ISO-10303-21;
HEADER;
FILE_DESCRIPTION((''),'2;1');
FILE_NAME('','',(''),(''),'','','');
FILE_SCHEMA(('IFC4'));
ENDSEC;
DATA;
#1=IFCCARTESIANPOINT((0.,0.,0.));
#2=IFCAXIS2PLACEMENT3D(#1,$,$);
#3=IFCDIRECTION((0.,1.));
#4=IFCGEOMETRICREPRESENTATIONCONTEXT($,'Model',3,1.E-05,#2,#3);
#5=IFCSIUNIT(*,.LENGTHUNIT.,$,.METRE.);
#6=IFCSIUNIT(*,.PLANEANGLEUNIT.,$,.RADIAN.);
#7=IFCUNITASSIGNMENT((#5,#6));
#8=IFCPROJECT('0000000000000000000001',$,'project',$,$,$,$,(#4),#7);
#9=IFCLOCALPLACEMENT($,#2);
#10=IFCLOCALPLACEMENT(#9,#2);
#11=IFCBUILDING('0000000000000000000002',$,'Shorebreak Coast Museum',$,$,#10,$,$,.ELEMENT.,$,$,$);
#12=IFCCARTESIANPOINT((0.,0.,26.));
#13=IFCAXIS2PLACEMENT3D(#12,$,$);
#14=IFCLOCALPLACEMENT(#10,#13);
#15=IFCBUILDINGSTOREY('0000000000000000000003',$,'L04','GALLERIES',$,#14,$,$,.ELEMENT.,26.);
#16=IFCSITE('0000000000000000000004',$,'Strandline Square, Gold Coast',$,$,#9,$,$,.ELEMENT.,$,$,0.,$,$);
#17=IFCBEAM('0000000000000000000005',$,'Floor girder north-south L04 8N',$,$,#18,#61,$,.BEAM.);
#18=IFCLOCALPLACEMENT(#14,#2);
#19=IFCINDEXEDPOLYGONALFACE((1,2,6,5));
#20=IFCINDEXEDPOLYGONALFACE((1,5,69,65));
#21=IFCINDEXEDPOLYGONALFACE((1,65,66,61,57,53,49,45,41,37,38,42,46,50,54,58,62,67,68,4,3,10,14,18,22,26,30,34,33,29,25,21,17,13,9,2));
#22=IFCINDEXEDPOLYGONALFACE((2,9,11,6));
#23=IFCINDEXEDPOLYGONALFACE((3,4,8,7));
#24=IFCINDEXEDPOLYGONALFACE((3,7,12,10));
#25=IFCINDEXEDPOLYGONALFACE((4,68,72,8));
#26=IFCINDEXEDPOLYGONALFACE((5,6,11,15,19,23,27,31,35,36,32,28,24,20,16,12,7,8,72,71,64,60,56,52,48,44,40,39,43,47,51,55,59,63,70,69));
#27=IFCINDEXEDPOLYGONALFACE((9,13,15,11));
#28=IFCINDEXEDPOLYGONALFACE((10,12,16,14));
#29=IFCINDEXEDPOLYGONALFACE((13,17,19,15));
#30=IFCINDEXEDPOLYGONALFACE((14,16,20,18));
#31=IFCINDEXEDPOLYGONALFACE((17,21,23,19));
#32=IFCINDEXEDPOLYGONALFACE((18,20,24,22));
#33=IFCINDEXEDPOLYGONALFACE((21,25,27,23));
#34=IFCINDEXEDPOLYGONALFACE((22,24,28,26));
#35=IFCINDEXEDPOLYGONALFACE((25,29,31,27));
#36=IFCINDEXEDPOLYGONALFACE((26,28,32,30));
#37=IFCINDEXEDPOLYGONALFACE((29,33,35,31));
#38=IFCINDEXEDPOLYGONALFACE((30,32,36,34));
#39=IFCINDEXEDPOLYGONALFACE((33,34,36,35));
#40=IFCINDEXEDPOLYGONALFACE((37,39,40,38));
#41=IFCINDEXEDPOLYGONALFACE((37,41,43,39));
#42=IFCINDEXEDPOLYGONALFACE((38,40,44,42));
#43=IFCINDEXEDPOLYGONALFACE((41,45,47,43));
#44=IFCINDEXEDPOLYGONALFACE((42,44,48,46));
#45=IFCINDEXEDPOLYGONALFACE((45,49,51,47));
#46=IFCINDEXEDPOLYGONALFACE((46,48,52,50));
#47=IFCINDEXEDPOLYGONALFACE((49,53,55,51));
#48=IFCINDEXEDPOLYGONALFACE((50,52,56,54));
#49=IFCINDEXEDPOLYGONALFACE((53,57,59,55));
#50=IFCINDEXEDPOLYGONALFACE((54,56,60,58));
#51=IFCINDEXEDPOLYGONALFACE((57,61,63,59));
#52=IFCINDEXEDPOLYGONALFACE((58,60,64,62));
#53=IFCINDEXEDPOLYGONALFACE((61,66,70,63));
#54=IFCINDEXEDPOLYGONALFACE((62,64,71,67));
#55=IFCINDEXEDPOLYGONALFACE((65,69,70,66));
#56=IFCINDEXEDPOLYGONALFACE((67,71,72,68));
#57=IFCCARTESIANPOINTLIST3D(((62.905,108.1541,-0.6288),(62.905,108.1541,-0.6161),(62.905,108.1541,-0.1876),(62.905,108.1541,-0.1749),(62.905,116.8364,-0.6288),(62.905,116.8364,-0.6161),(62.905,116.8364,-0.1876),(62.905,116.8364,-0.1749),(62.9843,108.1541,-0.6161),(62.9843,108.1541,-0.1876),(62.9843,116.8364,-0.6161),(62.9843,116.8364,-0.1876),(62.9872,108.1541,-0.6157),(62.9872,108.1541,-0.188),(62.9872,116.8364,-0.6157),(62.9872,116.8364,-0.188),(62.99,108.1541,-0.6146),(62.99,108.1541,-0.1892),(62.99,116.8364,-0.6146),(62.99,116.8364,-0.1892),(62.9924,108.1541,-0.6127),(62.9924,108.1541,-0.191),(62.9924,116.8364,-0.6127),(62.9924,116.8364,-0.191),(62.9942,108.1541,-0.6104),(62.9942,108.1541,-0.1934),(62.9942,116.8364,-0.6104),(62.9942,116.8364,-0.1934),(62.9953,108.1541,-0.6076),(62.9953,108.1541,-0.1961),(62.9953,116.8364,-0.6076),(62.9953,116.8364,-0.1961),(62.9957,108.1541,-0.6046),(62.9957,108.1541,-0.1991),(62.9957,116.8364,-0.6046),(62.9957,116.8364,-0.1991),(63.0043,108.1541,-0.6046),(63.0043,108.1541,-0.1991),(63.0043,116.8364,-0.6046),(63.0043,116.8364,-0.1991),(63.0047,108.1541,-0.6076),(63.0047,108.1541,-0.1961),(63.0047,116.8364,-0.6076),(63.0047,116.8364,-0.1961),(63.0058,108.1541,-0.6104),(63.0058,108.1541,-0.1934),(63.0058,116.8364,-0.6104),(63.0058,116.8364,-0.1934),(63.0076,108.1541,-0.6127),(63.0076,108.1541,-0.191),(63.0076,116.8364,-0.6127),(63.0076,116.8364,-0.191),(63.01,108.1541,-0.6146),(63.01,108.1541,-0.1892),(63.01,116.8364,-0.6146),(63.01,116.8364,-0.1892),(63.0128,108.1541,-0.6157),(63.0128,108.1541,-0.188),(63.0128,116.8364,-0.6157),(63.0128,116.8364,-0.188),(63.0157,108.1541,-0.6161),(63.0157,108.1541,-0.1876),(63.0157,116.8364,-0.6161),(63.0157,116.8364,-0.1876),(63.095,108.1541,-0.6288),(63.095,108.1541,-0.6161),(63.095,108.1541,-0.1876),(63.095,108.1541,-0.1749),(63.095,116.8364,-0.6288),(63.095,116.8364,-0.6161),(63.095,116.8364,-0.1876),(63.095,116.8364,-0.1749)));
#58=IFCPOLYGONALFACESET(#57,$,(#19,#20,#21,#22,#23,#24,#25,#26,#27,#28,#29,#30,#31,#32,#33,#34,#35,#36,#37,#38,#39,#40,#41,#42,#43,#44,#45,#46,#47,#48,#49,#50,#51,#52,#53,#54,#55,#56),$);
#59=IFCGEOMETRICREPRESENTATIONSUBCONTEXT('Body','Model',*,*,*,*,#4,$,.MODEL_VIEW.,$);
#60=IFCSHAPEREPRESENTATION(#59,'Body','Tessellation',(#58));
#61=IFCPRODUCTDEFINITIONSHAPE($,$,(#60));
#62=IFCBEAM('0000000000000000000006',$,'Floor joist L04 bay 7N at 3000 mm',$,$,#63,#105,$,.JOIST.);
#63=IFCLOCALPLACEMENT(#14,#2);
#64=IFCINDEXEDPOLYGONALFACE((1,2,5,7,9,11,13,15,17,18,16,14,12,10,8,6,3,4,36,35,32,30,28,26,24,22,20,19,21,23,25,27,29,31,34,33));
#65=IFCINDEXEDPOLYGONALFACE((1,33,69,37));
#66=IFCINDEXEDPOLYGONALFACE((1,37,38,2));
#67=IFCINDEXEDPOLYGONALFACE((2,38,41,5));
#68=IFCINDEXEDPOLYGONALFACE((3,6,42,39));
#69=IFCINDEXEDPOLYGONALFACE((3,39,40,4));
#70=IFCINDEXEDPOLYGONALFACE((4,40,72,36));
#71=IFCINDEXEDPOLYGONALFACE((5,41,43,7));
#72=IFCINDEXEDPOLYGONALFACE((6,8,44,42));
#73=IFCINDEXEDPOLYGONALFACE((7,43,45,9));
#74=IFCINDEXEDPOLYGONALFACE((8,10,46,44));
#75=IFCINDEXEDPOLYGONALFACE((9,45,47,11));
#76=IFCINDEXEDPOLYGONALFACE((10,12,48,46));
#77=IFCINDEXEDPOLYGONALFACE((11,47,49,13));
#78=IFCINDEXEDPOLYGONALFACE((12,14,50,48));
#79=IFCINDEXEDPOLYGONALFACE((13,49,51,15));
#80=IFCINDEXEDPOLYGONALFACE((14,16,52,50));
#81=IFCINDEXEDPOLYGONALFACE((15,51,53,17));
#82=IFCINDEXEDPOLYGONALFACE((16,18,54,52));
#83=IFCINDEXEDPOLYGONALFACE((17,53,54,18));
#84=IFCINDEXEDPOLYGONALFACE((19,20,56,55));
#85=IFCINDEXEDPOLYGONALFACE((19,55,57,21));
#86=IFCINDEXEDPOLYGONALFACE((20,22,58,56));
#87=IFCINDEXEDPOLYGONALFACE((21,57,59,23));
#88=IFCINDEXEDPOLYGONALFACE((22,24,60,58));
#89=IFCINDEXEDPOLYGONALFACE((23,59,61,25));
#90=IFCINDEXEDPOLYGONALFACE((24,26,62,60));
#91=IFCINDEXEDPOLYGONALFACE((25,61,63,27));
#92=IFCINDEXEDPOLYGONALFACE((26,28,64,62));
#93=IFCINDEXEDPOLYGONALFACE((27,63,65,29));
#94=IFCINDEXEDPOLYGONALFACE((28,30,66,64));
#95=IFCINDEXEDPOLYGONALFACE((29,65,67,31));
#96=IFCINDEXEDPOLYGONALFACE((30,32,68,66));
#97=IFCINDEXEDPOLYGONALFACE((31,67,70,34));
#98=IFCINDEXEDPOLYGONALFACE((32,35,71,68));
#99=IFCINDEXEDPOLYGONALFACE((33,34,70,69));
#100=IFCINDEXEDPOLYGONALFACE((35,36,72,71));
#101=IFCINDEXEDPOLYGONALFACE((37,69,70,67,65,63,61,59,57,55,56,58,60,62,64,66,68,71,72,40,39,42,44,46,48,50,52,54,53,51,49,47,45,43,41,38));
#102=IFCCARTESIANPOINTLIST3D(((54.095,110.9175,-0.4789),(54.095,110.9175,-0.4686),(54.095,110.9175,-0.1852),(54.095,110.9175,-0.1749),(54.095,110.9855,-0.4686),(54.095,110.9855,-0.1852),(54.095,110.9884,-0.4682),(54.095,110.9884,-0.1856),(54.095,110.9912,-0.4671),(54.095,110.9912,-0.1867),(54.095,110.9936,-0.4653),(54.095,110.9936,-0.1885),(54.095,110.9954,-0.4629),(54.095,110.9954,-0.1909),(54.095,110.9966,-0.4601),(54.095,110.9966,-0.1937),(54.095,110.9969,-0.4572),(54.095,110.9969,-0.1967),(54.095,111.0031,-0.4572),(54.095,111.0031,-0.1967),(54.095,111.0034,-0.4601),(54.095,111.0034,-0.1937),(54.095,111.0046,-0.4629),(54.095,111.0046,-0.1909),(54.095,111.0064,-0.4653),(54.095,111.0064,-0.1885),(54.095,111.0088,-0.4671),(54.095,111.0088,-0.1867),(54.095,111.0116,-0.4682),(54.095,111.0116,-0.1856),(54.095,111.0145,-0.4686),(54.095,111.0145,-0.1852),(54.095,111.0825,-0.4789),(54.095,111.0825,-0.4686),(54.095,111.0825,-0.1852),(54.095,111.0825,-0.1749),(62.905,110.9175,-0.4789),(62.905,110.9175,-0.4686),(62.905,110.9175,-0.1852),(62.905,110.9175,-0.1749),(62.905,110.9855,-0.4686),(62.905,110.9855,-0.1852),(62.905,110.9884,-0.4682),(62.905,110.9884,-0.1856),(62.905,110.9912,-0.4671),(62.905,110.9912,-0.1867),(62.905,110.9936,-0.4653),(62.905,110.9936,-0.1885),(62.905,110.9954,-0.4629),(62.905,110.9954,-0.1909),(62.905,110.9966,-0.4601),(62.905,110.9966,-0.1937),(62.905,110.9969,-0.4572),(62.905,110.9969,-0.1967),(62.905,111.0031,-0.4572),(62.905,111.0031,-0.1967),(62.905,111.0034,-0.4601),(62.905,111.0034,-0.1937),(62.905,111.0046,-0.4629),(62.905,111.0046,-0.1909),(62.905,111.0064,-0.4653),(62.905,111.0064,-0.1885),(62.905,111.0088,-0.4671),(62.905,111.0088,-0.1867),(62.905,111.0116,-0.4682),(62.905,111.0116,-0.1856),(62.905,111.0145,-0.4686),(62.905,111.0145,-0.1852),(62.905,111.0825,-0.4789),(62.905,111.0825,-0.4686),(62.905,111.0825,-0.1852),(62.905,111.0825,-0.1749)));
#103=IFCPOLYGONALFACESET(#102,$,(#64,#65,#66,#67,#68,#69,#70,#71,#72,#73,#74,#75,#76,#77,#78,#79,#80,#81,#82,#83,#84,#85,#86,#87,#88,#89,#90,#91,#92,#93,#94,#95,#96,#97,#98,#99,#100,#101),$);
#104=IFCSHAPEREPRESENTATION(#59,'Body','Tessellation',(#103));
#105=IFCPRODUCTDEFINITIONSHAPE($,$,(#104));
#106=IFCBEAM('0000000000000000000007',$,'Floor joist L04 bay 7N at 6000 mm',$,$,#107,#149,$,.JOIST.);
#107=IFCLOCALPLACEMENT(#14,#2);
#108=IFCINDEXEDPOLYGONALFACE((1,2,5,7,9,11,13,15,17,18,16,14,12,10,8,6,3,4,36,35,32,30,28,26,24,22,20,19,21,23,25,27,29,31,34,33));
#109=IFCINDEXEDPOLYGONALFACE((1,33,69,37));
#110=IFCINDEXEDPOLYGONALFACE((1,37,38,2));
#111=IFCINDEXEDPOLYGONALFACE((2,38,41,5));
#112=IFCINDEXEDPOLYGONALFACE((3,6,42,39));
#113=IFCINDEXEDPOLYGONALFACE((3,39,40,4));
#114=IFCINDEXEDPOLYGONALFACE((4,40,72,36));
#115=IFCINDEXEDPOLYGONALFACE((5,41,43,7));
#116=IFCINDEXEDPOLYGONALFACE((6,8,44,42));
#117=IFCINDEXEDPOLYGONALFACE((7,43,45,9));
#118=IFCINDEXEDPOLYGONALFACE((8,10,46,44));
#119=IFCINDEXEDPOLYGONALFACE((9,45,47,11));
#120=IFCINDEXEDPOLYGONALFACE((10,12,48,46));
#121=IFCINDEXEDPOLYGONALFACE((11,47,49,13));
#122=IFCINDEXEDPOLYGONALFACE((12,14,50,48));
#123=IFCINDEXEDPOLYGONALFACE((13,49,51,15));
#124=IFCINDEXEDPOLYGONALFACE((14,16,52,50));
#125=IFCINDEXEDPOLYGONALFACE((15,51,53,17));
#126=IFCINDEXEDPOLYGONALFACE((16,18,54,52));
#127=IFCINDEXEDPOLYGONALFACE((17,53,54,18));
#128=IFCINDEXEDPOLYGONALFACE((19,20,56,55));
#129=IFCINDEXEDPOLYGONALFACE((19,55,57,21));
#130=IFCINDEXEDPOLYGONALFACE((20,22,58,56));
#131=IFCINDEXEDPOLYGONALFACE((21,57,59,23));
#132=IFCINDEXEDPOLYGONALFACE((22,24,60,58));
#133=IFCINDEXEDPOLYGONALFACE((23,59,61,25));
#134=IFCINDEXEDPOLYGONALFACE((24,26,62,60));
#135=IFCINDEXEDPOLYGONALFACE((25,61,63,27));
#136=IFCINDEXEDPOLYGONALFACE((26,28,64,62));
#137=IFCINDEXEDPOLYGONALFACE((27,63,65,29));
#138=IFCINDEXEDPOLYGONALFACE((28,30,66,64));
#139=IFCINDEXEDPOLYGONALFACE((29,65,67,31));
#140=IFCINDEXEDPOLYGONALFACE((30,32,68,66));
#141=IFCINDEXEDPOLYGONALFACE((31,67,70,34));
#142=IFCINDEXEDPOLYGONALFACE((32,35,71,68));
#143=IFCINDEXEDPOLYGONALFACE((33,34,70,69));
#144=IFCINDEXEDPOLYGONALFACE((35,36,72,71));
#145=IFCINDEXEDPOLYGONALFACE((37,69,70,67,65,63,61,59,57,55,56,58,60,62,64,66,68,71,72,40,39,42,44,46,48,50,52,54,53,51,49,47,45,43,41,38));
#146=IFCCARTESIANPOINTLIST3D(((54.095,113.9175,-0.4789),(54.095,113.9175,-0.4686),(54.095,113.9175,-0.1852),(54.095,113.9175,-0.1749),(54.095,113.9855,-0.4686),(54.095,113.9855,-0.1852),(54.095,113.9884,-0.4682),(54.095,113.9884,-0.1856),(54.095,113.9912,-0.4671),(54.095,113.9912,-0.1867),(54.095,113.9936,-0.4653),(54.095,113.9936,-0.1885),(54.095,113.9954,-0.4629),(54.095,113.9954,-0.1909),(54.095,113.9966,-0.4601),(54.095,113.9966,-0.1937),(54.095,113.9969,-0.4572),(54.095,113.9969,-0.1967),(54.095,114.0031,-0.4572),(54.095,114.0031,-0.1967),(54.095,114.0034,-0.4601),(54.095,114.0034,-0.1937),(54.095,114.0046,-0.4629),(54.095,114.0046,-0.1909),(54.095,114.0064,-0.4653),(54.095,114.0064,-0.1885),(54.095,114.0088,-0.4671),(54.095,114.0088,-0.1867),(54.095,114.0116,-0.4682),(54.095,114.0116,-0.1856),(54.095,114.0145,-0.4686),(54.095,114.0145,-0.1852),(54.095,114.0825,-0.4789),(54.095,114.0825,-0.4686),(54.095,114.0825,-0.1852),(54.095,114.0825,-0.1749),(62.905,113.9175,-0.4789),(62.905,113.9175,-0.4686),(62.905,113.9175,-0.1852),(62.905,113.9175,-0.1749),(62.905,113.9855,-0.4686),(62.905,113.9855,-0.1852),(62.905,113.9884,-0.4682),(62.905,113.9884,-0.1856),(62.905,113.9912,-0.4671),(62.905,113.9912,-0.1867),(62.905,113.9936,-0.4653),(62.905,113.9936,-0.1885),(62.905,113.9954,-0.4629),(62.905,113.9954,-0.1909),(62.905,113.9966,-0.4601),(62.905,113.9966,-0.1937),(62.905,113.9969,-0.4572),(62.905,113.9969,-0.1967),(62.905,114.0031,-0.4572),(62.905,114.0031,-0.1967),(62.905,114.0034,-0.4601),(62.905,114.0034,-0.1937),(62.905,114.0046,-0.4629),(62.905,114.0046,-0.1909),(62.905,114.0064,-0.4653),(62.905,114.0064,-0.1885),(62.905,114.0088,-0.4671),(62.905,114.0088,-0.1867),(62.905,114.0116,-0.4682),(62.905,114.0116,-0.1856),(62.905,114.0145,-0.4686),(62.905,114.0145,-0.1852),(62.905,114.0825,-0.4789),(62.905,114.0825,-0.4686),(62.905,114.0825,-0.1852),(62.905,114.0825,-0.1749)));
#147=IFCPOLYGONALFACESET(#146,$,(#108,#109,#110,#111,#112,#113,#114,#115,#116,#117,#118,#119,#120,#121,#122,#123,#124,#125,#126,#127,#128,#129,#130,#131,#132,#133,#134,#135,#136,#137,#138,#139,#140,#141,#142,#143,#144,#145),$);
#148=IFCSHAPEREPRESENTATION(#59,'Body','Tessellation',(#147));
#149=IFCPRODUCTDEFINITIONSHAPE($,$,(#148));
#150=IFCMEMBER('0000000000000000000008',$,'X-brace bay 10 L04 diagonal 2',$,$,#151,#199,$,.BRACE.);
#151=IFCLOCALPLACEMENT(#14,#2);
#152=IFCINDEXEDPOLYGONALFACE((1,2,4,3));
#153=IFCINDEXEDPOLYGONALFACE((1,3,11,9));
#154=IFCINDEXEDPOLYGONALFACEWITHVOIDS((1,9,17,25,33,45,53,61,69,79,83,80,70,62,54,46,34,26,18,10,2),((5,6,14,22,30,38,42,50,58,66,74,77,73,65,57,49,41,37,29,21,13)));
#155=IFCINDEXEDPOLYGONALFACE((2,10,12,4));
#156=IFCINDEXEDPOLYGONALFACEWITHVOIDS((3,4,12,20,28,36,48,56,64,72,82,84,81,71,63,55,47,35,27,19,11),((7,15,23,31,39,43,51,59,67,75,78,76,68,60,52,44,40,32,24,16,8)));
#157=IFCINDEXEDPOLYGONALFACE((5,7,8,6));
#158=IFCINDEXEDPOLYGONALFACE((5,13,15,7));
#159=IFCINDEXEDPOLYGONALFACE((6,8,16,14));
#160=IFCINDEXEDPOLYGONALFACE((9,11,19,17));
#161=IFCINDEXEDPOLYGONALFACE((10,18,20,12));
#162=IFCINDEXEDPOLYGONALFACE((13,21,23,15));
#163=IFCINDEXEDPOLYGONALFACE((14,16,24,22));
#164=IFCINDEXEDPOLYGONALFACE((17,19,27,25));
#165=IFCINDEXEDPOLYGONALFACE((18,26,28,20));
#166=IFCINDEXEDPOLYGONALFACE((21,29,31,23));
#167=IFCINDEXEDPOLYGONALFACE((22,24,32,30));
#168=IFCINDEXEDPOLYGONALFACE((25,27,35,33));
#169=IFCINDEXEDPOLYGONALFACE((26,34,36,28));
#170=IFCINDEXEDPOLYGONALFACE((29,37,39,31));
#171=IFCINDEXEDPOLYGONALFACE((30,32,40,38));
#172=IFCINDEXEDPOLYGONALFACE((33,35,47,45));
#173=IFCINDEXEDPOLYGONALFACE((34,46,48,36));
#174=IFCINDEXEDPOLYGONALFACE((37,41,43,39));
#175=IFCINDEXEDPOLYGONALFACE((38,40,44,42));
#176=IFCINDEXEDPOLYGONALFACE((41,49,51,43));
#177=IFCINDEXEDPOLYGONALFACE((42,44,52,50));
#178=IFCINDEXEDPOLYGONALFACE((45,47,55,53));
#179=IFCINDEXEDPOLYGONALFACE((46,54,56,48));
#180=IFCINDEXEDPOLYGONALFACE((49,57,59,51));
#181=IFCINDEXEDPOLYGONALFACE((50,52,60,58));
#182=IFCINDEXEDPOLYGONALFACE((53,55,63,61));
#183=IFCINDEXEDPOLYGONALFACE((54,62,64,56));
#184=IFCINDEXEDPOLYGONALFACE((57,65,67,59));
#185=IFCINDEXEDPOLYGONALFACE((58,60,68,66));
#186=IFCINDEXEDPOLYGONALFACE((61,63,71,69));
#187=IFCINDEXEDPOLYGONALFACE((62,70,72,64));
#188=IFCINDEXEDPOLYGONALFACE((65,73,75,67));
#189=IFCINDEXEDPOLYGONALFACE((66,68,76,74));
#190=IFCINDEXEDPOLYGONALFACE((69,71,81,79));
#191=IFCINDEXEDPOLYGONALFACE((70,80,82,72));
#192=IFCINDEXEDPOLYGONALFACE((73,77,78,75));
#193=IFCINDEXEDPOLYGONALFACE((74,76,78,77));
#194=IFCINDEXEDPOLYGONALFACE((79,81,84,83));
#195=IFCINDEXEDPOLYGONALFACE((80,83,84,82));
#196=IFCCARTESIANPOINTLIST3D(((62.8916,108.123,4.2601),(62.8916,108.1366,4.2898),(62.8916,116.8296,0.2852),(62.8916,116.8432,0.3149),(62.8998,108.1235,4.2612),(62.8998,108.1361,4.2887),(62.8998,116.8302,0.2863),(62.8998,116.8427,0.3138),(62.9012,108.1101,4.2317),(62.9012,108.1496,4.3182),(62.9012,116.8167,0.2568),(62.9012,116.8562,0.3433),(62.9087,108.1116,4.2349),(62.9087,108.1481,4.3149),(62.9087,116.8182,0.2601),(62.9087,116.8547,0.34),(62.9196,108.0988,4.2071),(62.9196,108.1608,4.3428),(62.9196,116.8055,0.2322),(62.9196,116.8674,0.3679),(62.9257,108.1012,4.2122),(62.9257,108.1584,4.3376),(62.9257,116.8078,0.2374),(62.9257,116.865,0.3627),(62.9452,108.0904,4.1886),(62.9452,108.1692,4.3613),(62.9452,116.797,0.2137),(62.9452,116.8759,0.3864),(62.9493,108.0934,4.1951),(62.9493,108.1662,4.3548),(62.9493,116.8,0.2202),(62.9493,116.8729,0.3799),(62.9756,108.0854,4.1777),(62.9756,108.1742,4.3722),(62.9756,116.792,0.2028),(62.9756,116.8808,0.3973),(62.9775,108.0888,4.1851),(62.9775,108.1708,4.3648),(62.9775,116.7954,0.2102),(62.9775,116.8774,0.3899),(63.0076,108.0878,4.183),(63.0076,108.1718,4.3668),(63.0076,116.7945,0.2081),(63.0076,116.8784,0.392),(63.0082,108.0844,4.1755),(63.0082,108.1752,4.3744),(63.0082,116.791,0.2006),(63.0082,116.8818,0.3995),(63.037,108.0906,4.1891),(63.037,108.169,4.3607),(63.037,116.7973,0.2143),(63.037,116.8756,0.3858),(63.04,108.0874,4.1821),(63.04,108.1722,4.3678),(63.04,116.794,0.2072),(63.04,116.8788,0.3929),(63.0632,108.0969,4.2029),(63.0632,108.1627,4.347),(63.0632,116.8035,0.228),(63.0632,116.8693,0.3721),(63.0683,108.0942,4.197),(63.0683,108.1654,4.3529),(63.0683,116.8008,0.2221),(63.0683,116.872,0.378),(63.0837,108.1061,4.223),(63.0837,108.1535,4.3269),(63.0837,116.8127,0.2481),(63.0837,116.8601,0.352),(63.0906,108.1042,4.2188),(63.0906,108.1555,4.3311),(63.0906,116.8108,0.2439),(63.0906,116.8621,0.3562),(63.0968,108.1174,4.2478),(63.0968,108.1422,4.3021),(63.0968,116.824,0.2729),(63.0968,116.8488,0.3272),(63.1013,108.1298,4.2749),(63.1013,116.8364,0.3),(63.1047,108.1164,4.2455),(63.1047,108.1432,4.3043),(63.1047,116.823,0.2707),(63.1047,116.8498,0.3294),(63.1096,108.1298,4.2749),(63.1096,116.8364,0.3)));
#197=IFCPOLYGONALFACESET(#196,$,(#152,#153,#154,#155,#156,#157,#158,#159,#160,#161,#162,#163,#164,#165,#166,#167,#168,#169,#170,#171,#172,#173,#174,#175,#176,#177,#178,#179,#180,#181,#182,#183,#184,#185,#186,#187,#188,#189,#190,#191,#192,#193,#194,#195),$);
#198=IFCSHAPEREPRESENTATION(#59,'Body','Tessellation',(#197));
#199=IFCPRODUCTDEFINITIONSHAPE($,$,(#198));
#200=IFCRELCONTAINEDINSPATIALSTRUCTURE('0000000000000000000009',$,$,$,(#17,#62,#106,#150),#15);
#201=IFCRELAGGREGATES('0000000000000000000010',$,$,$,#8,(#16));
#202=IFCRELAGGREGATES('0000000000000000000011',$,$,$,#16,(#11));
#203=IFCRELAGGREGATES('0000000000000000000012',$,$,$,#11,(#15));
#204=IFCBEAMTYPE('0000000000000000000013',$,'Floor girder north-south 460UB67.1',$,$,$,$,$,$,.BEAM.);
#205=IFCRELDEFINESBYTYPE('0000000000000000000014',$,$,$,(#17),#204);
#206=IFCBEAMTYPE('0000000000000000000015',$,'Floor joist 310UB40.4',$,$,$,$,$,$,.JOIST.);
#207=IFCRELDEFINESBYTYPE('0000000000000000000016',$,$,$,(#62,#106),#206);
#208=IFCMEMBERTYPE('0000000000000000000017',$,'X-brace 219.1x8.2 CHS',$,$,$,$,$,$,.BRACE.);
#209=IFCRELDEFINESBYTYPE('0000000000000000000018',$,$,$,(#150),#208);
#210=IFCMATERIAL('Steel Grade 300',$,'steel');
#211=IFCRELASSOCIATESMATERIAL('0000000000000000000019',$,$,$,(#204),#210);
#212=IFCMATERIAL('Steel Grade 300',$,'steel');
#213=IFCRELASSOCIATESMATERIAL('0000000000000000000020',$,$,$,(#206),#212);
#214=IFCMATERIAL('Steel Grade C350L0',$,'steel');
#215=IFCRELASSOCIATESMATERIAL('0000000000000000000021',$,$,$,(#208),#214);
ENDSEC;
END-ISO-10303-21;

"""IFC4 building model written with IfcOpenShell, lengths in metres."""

from ifc_helpers import new_model, si_unit, direction, frame, origin, origin_2d, place, context, subcontext, project, spatial, hollow_circle, i_section, extrude, material, material_profile, profile_set, type_object, element, save


model = new_model("IFC4")

# Units and contexts
model_context = context("Model", 3, precision=1e-05, world=origin(), true_north=direction((0.0, 1.0)))
body_context = subcontext(model_context, "Body", "Model", "MODEL_VIEW")
ifc_project = project(units=[si_unit("LENGTHUNIT", "METRE"), si_unit("PLANEANGLEUNIT", "RADIAN")], contexts=[model_context])

# Site, building, storey
site_placement = place(None, origin())
site = spatial("IfcSite", under=ifc_project, at=site_placement, Name="Strandline Square, Gold Coast", CompositionType="ELEMENT", RefElevation=0.0)
building_placement = place(site_placement, origin())
building = spatial("IfcBuilding", under=site, at=building_placement, Name="Shorebreak Coast Museum", CompositionType="ELEMENT")
storey_placement = place(building_placement, frame((0.0, 0.0, 26.0)))
storey = spatial("IfcBuildingStorey", under=building, at=storey_placement, Name="L04", Description="GALLERIES", CompositionType="ELEMENT", Elevation=26.0)

# Beams
ifc_material_1 = material(Name="Steel Grade 300", Category="steel")
ifc_material_profile_1 = material_profile(ifc_material_1, i_section(OverallWidth=0.1899, OverallDepth=0.4539, WebThickness=0.0085, FlangeThickness=0.0127, FilletRadius=0.0115, at=origin_2d()), Name="460UB67.1")
ifc_profile_set_1 = profile_set([ifc_material_profile_1], Name="Steel Grade 300")
beam_type_1 = type_object("IfcBeamType", Name="Floor girder north-south 460UB67.1", PredefinedType="BEAM", material=ifc_profile_set_1)
beam_placement = place(storey_placement, frame((63.0, 108.1541, -0.4019), z_axis=(0.0, 1.0, 0.0), x_axis=(-1.0, 0.0, 0.0)))
element("IfcBeam", 1, at=beam_placement, inside=storey, type_object=beam_type_1, Name="Floor girder north-south L04 8N", PredefinedType="BEAM", context=body_context, shape_type="SweptSolid", body=[
    extrude(i_section(OverallWidth=0.1899, OverallDepth=0.4539, WebThickness=0.0085, FlangeThickness=0.0127, FilletRadius=0.0115, at=origin_2d()), origin(), (0.0, 0.0, 1.0), 8.6824),
])
ifc_material_2 = material(Name="Steel Grade 300", Category="steel")
ifc_material_profile_2 = material_profile(ifc_material_2, i_section(OverallWidth=0.165, OverallDepth=0.304, WebThickness=0.0061, FlangeThickness=0.0103, FilletRadius=0.0115, at=origin_2d()), Name="310UB40.4")
ifc_profile_set_2 = profile_set([ifc_material_profile_2], Name="Steel Grade 300")
beam_type_2 = type_object("IfcBeamType", Name="Floor joist 310UB40.4", PredefinedType="JOIST", material=ifc_profile_set_2)
for number, where, z_axis, x_axis, name in (
    (2, (54.095, 111.0, -0.3269), (1.0, 0.0, 0.0), (0.0, 1.0, 0.0), "Floor joist L04 bay 7N at 3000 mm"),
    (3, (54.095, 114.0, -0.3269), (1.0, 0.0, 0.0), (0.0, 1.0, 0.0), "Floor joist L04 bay 7N at 6000 mm"),
):
    element("IfcBeam", number, at=place(storey_placement, frame(where, z_axis=z_axis, x_axis=x_axis)), inside=storey, type_object=beam_type_2, Name=name, PredefinedType="JOIST", context=body_context, shape_type="SweptSolid", body=[
        extrude(i_section(OverallWidth=0.165, OverallDepth=0.304, WebThickness=0.0061, FlangeThickness=0.0103, FilletRadius=0.0115, at=origin_2d()), origin(), (0.0, 0.0, 1.0), 8.8101),
    ])

# Member
ifc_material_3 = material(Name="Steel Grade C350L0", Category="steel")
ifc_material_profile_3 = material_profile(ifc_material_3, hollow_circle(Radius=0.1096, WallThickness=0.0083, at=origin_2d()), Name="219.1x8.2 CHS")
ifc_profile_set_3 = profile_set([ifc_material_profile_3], Name="Steel Grade C350L0")
member_type = type_object("IfcMemberType", Name="X-brace 219.1x8.2 CHS", PredefinedType="BRACE", material=ifc_profile_set_3)
member_placement = place(storey_placement, frame((63.0, 116.8364, 0.3), z_axis=(0.0, -0.909683, 0.415303), x_axis=(1.0, 0.0, 0.0)))
element("IfcMember", 4, at=member_placement, inside=storey, type_object=member_type, Name="X-brace bay 10 L04 diagonal 2", PredefinedType="BRACE", context=body_context, shape_type="SweptSolid", body=[
    extrude(hollow_circle(Radius=0.1096, WallThickness=0.0083, at=origin_2d()), origin(), (0.0, 0.0, 1.0), 9.571),
])

save(model, "model.ifc")
